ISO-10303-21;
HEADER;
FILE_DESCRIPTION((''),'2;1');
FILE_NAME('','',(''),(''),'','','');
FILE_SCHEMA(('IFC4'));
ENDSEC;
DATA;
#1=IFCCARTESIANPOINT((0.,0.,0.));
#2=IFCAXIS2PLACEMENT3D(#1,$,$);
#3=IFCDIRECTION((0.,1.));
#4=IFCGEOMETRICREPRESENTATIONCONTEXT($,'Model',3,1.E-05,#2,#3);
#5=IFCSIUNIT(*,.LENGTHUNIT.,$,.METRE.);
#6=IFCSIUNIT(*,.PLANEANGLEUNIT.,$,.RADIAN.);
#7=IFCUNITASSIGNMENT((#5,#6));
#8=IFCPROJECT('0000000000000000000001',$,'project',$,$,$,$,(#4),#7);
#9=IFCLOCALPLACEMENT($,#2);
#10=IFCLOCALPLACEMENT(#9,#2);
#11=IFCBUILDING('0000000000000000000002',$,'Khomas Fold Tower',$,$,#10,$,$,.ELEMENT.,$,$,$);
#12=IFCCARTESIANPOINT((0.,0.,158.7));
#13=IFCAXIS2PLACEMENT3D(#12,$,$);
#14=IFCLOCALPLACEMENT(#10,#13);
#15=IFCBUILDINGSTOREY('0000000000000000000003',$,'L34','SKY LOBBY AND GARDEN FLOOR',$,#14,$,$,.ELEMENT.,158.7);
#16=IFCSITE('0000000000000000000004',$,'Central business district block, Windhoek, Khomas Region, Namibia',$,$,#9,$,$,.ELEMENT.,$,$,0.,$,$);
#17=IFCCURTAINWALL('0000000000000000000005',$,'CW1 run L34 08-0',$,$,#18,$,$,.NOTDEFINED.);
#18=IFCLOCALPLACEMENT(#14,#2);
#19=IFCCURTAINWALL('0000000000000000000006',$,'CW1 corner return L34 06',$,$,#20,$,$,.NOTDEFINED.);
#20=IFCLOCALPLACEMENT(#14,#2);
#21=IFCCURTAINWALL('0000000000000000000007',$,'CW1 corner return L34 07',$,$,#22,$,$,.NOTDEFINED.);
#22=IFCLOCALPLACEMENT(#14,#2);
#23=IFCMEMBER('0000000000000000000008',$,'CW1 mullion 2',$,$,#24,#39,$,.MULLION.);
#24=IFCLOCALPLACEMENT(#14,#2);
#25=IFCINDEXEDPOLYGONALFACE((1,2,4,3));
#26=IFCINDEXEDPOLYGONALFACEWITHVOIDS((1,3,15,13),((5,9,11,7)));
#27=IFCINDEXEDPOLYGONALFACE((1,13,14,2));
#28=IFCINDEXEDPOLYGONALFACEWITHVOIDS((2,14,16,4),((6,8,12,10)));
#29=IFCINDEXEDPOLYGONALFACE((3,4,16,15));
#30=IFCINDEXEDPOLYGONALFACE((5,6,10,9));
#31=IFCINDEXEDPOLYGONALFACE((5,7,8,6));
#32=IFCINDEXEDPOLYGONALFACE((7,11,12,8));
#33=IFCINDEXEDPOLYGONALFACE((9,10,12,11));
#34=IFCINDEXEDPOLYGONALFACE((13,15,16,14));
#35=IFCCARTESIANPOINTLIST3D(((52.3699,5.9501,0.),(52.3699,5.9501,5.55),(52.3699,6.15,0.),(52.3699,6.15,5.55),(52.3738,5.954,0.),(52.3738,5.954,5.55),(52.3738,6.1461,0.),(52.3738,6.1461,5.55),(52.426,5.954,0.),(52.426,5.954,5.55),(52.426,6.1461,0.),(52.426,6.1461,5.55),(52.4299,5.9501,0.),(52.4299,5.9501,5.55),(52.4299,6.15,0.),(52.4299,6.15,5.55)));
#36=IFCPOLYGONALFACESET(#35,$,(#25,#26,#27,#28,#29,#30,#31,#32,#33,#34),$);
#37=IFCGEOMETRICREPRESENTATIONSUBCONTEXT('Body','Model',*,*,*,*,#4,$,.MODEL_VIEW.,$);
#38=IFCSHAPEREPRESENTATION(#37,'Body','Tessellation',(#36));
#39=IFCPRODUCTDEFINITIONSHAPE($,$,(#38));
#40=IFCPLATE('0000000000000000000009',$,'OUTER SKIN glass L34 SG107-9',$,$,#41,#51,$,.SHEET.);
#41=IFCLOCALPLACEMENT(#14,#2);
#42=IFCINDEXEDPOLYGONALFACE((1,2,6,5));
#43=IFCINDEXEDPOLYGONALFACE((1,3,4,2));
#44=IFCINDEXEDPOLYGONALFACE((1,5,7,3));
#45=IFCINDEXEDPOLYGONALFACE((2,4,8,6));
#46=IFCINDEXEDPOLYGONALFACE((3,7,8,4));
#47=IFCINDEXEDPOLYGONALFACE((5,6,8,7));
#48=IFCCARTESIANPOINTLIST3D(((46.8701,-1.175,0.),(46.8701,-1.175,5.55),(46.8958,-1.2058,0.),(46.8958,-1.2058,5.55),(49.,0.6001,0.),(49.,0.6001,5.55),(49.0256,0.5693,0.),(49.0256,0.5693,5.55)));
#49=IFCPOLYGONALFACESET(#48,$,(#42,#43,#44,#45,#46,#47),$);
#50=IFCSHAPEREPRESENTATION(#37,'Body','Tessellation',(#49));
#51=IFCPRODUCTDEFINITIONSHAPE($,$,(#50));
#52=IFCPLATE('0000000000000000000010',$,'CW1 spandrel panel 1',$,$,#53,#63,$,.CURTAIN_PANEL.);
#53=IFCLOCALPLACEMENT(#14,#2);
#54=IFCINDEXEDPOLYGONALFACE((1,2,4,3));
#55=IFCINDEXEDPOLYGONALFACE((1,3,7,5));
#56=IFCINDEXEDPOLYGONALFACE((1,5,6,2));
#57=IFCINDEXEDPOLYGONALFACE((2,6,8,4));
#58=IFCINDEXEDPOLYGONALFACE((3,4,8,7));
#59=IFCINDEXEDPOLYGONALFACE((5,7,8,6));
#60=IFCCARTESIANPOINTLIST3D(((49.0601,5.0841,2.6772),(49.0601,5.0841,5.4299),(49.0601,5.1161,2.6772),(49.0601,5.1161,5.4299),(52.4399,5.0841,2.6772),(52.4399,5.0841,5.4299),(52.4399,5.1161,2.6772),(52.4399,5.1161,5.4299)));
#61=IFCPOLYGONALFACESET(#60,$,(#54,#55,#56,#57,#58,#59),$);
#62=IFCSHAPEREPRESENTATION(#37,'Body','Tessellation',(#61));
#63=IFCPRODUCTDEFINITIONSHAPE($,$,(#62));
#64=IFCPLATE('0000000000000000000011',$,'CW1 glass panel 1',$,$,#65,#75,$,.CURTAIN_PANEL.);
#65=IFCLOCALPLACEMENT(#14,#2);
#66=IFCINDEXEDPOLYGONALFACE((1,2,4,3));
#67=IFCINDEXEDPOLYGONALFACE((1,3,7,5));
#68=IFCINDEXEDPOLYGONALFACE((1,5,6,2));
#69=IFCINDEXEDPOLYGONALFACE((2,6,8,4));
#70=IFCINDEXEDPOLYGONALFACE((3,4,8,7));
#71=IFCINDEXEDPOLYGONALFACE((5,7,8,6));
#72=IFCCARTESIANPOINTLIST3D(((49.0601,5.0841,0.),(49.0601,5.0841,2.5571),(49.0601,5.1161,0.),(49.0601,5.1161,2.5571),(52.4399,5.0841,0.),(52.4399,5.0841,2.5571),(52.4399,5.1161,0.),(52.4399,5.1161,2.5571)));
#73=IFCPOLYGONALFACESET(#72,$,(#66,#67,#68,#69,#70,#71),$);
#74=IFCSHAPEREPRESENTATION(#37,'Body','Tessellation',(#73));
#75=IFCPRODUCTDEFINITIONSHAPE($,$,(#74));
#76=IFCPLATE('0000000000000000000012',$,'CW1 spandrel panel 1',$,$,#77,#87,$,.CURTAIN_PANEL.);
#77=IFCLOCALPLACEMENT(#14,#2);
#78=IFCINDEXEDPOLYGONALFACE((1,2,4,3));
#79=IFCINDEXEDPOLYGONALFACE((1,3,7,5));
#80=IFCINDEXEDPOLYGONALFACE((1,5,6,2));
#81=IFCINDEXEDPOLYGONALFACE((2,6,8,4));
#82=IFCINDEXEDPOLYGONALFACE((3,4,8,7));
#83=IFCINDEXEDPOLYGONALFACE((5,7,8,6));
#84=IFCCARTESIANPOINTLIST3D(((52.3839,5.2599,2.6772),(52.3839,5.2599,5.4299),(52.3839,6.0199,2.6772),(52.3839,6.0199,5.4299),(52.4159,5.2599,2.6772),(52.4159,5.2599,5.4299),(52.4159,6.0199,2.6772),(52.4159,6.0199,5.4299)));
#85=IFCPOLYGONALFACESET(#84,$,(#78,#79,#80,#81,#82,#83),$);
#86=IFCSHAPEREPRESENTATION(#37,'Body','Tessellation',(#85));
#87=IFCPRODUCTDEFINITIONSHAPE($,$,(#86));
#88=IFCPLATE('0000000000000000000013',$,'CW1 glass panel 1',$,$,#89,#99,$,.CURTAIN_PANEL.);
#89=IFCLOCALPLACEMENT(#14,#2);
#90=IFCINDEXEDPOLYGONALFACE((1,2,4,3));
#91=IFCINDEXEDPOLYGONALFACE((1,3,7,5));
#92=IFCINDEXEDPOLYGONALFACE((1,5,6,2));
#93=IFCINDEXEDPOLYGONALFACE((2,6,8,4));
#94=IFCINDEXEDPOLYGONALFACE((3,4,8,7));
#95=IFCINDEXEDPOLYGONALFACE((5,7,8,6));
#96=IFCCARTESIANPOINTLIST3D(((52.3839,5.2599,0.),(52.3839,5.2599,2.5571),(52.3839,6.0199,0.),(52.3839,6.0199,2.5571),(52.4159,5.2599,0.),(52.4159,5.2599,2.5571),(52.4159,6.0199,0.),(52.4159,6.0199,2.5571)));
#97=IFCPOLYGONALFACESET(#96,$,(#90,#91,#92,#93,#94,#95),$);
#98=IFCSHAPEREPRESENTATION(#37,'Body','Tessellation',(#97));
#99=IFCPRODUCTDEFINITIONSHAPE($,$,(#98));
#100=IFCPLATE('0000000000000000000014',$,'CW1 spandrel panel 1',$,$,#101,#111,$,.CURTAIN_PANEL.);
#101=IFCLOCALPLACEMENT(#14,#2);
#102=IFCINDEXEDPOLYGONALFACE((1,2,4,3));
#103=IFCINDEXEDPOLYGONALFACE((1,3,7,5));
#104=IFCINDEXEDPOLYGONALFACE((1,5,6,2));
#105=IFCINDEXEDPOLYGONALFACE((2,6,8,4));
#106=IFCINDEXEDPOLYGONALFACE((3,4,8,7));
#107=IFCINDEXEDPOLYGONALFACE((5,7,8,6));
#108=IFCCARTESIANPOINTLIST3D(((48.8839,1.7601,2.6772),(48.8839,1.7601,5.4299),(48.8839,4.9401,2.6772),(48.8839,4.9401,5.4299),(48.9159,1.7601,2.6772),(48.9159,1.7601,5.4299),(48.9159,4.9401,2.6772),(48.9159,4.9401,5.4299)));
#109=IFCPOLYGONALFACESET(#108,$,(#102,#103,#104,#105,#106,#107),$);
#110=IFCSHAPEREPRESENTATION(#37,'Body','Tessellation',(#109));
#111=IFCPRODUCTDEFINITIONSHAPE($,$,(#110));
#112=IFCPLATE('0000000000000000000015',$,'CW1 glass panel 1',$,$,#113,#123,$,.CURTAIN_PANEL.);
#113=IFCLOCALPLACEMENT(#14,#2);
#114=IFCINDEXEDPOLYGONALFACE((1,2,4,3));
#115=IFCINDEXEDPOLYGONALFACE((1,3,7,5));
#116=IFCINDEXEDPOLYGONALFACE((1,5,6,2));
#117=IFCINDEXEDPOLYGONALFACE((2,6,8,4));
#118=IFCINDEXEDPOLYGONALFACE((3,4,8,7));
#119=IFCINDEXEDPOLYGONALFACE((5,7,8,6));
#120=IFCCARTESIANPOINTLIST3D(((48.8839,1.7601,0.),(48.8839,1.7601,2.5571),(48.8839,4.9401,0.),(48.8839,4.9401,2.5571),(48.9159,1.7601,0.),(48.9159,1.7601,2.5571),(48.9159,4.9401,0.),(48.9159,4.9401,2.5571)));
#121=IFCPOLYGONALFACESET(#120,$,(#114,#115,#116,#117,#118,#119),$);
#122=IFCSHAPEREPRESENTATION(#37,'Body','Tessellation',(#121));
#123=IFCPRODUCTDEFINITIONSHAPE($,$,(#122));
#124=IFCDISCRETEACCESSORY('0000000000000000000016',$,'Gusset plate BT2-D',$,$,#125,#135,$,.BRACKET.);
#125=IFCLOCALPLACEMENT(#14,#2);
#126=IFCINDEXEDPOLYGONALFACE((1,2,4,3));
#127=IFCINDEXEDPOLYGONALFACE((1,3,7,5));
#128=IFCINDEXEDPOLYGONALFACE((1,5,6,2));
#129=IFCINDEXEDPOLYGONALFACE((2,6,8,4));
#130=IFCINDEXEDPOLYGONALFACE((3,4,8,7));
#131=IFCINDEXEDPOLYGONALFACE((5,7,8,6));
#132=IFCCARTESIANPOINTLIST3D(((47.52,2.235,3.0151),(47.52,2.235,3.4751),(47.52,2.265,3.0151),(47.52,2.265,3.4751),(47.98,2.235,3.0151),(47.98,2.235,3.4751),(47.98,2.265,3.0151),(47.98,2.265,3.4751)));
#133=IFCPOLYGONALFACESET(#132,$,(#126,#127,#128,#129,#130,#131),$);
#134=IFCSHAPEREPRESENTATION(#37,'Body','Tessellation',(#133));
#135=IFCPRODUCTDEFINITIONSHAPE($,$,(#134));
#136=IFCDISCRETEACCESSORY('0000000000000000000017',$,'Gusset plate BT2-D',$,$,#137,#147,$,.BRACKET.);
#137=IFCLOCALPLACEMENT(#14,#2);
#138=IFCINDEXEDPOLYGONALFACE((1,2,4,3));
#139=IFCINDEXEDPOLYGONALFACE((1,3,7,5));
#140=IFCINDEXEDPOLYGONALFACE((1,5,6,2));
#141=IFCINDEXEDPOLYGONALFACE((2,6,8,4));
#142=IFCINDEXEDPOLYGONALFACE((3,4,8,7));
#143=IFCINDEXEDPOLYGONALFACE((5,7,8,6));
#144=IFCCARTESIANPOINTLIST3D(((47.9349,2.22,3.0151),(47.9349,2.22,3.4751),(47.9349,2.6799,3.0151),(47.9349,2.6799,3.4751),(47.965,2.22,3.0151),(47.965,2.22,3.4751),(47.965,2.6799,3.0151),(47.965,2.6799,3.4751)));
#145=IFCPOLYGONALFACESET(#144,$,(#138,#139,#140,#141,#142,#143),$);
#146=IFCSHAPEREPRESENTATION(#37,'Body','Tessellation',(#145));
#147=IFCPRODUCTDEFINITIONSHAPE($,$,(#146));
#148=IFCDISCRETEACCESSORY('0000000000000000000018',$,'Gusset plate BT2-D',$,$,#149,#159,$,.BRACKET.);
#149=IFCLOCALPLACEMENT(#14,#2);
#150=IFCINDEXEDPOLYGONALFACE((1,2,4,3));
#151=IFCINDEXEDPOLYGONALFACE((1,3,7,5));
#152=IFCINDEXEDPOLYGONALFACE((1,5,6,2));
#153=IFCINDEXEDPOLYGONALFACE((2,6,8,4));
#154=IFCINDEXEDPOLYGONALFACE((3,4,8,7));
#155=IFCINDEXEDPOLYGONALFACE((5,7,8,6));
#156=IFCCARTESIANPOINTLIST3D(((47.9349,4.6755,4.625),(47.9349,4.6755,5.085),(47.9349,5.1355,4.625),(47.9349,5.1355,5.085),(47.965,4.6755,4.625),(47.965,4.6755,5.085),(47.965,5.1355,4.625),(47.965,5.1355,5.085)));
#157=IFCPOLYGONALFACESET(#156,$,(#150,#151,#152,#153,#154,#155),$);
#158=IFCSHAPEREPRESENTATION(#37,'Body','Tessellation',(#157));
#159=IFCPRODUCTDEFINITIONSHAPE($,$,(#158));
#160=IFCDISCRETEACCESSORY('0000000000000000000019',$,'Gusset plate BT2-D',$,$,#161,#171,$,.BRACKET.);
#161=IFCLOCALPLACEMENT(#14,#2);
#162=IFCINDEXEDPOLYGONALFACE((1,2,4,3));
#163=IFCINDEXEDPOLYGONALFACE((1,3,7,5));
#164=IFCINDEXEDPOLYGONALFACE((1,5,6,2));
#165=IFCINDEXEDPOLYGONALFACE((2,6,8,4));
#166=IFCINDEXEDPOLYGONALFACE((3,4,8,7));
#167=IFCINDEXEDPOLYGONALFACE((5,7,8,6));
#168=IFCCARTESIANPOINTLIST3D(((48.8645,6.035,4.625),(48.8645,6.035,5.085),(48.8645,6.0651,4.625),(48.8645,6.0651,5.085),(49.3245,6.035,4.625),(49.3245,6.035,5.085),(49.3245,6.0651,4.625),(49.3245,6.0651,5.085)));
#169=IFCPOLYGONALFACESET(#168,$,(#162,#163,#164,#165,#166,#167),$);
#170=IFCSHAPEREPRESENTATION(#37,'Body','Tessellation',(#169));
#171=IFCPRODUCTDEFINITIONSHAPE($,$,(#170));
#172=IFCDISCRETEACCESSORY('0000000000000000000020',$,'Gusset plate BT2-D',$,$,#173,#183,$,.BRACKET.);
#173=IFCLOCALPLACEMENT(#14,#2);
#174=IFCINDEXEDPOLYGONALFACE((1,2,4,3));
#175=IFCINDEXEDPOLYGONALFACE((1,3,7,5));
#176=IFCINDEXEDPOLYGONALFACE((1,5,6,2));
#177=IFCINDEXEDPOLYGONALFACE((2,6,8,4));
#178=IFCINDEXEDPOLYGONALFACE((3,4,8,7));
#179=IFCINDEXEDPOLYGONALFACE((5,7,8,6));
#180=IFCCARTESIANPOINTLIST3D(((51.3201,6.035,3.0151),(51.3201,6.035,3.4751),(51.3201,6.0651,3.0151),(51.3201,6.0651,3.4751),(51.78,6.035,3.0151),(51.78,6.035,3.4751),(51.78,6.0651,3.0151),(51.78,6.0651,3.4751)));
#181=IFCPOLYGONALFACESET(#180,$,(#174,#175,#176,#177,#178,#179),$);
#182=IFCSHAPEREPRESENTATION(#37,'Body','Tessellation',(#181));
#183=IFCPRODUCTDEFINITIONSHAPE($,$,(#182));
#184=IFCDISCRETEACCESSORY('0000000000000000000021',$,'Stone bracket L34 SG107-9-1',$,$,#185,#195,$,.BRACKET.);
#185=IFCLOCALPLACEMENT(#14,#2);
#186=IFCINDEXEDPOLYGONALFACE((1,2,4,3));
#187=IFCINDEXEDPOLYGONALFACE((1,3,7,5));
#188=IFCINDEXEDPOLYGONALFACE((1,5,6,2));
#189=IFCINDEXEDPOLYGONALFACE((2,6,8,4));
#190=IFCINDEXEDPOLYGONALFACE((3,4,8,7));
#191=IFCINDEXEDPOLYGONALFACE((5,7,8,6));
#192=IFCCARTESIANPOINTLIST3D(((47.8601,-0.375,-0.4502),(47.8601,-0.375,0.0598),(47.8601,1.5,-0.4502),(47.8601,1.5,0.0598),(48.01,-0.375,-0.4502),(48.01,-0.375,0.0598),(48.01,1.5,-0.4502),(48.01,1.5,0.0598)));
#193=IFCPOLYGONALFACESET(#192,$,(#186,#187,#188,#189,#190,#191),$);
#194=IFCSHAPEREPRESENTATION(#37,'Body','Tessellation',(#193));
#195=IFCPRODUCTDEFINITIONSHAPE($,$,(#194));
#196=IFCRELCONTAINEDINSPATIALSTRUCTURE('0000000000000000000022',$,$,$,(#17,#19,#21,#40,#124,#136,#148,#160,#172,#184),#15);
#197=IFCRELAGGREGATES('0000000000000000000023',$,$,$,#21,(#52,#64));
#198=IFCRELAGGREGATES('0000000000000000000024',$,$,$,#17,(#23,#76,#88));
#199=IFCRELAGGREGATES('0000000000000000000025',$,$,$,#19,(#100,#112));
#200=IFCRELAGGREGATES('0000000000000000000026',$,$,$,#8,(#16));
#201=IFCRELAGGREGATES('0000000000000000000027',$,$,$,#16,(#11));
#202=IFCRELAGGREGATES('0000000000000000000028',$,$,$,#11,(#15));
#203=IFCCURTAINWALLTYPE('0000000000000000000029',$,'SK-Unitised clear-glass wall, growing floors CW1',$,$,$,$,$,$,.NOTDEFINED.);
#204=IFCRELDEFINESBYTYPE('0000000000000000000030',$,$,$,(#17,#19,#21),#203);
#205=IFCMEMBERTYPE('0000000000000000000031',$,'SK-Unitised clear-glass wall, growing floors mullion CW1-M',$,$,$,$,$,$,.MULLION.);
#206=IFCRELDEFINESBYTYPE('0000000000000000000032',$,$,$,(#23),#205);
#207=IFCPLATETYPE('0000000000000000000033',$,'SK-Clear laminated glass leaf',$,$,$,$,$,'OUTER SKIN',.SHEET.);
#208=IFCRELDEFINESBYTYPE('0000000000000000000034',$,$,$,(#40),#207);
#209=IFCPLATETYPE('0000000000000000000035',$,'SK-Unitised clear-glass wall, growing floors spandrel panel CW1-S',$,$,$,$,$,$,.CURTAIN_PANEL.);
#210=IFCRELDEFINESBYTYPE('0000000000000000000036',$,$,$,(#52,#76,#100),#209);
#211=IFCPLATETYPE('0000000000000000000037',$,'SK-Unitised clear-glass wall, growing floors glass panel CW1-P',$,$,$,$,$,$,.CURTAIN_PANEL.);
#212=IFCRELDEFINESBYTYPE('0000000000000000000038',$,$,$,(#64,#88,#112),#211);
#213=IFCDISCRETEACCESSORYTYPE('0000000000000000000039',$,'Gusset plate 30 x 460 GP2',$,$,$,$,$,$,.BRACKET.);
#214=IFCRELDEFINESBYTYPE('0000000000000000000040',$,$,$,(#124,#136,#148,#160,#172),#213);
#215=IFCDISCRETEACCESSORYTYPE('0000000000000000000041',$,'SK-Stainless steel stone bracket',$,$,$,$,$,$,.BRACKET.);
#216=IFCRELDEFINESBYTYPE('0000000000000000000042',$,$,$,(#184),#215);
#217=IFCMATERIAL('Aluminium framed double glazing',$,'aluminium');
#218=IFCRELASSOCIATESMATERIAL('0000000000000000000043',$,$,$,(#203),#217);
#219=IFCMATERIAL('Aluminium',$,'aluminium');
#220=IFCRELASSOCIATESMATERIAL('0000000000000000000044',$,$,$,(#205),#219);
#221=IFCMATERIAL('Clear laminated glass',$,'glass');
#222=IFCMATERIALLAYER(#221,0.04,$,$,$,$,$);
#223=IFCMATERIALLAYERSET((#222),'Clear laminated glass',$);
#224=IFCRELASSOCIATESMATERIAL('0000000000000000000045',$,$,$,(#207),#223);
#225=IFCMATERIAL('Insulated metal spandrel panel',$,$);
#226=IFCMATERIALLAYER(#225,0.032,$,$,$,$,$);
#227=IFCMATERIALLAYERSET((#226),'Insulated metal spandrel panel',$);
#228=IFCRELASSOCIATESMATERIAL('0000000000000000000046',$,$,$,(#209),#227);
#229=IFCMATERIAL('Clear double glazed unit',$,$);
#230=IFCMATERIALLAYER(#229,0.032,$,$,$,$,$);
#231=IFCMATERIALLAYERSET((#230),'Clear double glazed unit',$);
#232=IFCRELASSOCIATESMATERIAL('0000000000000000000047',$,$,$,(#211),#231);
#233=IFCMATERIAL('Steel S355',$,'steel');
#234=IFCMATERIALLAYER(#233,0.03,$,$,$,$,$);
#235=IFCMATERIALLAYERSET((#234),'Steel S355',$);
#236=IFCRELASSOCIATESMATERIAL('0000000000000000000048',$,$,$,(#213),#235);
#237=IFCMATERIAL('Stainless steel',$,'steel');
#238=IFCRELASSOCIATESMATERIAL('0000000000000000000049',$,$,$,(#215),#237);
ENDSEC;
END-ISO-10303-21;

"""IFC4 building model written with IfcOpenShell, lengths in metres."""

from ifc_helpers import new_model, si_unit, direction, frame, origin, origin_2d, place, context, subcontext, project, spatial, polyline, rectangle, hollow_rectangle, outline, extrude, source, transform, mapped, material, layer, layer_set, material_profile, profile_set, type_object, element, aggregate, save


model = new_model("IFC4")

# Units and contexts
model_context = context("Model", 3, precision=1e-05, world=origin(), true_north=direction((0.0, 1.0)))
body_context = subcontext(model_context, "Body", "Model", "MODEL_VIEW")
ifc_project = project(units=[si_unit("LENGTHUNIT", "METRE"), si_unit("PLANEANGLEUNIT", "RADIAN")], contexts=[model_context])

# Site, building, storey
site_placement = place(None, origin())
site = spatial("IfcSite", under=ifc_project, at=site_placement, Name="Central business district block, Windhoek, Khomas Region, Namibia", CompositionType="ELEMENT", RefElevation=0.0)
building_placement = place(site_placement, origin())
building = spatial("IfcBuilding", under=site, at=building_placement, Name="Khomas Fold Tower", CompositionType="ELEMENT")
storey_placement = place(building_placement, frame((0.0, 0.0, 158.7)))
storey = spatial("IfcBuildingStorey", under=building, at=storey_placement, Name="L34", Description="SKY LOBBY AND GARDEN FLOOR", CompositionType="ELEMENT", Elevation=158.7)

# Curtain walls
ifc_material_1 = material(Name="Aluminium framed double glazing", Category="aluminium")
curtain_wall_type = type_object("IfcCurtainWallType", Name="SK-Unitised clear-glass wall, growing floors CW1", PredefinedType="NOTDEFINED", material=ifc_material_1)
curtain_wall_1_placement = place(storey_placement, origin())
curtain_wall_1 = element("IfcCurtainWall", 1, at=curtain_wall_1_placement, inside=storey, type_object=curtain_wall_type, Name="CW1 run L34 08-0", PredefinedType="NOTDEFINED")
curtain_wall_2_placement = place(storey_placement, origin())
curtain_wall_2 = element("IfcCurtainWall", 2, at=curtain_wall_2_placement, inside=storey, type_object=curtain_wall_type, Name="CW1 corner return L34 06", PredefinedType="NOTDEFINED")
curtain_wall_3_placement = place(storey_placement, origin())
curtain_wall_3 = element("IfcCurtainWall", 3, at=curtain_wall_3_placement, inside=storey, type_object=curtain_wall_type, Name="CW1 corner return L34 07", PredefinedType="NOTDEFINED")

# Shared definitions
ifc_material_2 = material(Name="Aluminium", Category="aluminium")
ifc_material_profile_1 = material_profile(ifc_material_2, hollow_rectangle(XDim=0.0601, YDim=0.2, WallThickness=0.0039, at=origin_2d()), Name="SK-Unitised clear-glass wall, growing floors mullion CW1-M")
ifc_profile_set_1 = profile_set([ifc_material_profile_1], Name="Aluminium")
member_type_1 = type_object("IfcMemberType", Name="SK-Unitised clear-glass wall, growing floors mullion CW1-M", PredefinedType="MULLION", material=ifc_profile_set_1)
shared_shape_1 = source(origin(), body_context, "Body", "SweptSolid", [
    extrude(hollow_rectangle(XDim=0.0601, YDim=0.2, WallThickness=0.0039, at=origin_2d()), origin(), (0.0, 0.0, 1.0), 5.55),
])

# Member
member_1_placement = place(storey_placement, frame((52.3999, 6.05, 0.0), z_axis=(0.0, 0.0, 1.0), x_axis=(-1.0, 0.0, 0.0)))
member_1 = element("IfcMember", 4, at=member_1_placement, type_object=member_type_1, Name="CW1 mullion 2", PredefinedType="MULLION", context=body_context, shape_type="MappedRepresentation", body=[
    mapped(shared_shape_1, transform((0.0, 0.0, 0.0))),
])

# Plates
ifc_material_3 = material(Name="Clear laminated glass", Category="glass")
ifc_layer_1 = layer(ifc_material_3, 0.04)
ifc_layer_set_1 = layer_set([ifc_layer_1], Name="Clear laminated glass")
plate_type_1 = type_object("IfcPlateType", Name="SK-Clear laminated glass leaf", ElementType="OUTER SKIN", PredefinedType="SHEET", material=ifc_layer_set_1)
plate_1_placement = place(storey_placement, frame((49.0, 0.6001, 5.55), z_axis=(-0.640236, 0.768178, 0.0), x_axis=(0.0, 0.0, -1.0)))
element("IfcPlate", 5, at=plate_1_placement, inside=storey, type_object=plate_type_1, Name="OUTER SKIN glass L34 SG107-9", PredefinedType="SHEET", context=body_context, shape_type="SweptSolid", body=[
    extrude(outline(polyline([(0.0, 0.0), (5.55, 0.0), (5.55, 2.7726), (0.0, 2.7726), (0.0, 0.0)])), origin(), (0.0, 0.0, -1.0), 0.04),
])
ifc_material_4 = material(Name="Insulated metal spandrel panel")
ifc_layer_2 = layer(ifc_material_4, 0.032)
ifc_layer_set_2 = layer_set([ifc_layer_2], Name="Insulated metal spandrel panel")
plate_type_2 = type_object("IfcPlateType", Name="SK-Unitised clear-glass wall, growing floors spandrel panel CW1-S", PredefinedType="CURTAIN_PANEL", material=ifc_layer_set_2)
shared_shape_2 = source(origin(), body_context, "Body", "SweptSolid", [
    extrude(rectangle(XDim=3.3799, YDim=0.032, at=origin_2d()), origin(), (0.0, 0.0, 1.0), 2.7527),
])
plate_2_placement = place(storey_placement, frame((50.75, 5.1001, 2.6772), z_axis=(0.0, 0.0, 1.0), x_axis=(1.0, 0.0, 0.0)))
plate_2 = element("IfcPlate", 6, at=plate_2_placement, type_object=plate_type_2, Name="CW1 spandrel panel 1", PredefinedType="CURTAIN_PANEL", context=body_context, shape_type="MappedRepresentation", body=[
    mapped(shared_shape_2, transform((0.0, 0.0, 0.0))),
])
ifc_material_5 = material(Name="Clear double glazed unit")
ifc_layer_3 = layer(ifc_material_5, 0.032)
ifc_layer_set_3 = layer_set([ifc_layer_3], Name="Clear double glazed unit")
plate_type_3 = type_object("IfcPlateType", Name="SK-Unitised clear-glass wall, growing floors glass panel CW1-P", PredefinedType="CURTAIN_PANEL", material=ifc_layer_set_3)
shared_shape_3 = source(origin(), body_context, "Body", "SweptSolid", [
    extrude(rectangle(XDim=3.3799, YDim=0.032, at=origin_2d()), origin(), (0.0, 0.0, 1.0), 2.5571),
])
plate_3_placement = place(storey_placement, frame((50.75, 5.1001, 0.0), z_axis=(0.0, 0.0, 1.0), x_axis=(1.0, 0.0, 0.0)))
plate_3 = element("IfcPlate", 7, at=plate_3_placement, type_object=plate_type_3, Name="CW1 glass panel 1", PredefinedType="CURTAIN_PANEL", context=body_context, shape_type="MappedRepresentation", body=[
    mapped(shared_shape_3, transform((0.0, 0.0, 0.0))),
])
aggregate(curtain_wall_3, [plate_2, plate_3])
shared_shape_4 = source(origin(), body_context, "Body", "SweptSolid", [
    extrude(rectangle(XDim=0.76, YDim=0.032, at=origin_2d()), origin(), (0.0, 0.0, 1.0), 2.7527),
])
plate_4_placement = place(storey_placement, frame((52.3999, 5.6399, 2.6772), z_axis=(0.0, 0.0, 1.0), x_axis=(0.0, 1.0, 0.0)))
plate_4 = element("IfcPlate", 8, at=plate_4_placement, type_object=plate_type_2, Name="CW1 spandrel panel 1", PredefinedType="CURTAIN_PANEL", context=body_context, shape_type="MappedRepresentation", body=[
    mapped(shared_shape_4, transform((0.0, 0.0, 0.0))),
])
shared_shape_5 = source(origin(), body_context, "Body", "SweptSolid", [
    extrude(rectangle(XDim=0.76, YDim=0.032, at=origin_2d()), origin(), (0.0, 0.0, 1.0), 2.5571),
])
plate_5_placement = place(storey_placement, frame((52.3999, 5.6399, 0.0), z_axis=(0.0, 0.0, 1.0), x_axis=(0.0, 1.0, 0.0)))
plate_5 = element("IfcPlate", 9, at=plate_5_placement, type_object=plate_type_3, Name="CW1 glass panel 1", PredefinedType="CURTAIN_PANEL", context=body_context, shape_type="MappedRepresentation", body=[
    mapped(shared_shape_5, transform((0.0, 0.0, 0.0))),
])
aggregate(curtain_wall_1, [member_1, plate_4, plate_5])
shared_shape_6 = source(origin(), body_context, "Body", "SweptSolid", [
    extrude(rectangle(XDim=3.1799, YDim=0.032, at=origin_2d()), origin(), (0.0, 0.0, 1.0), 2.7527),
])
plate_6_placement = place(storey_placement, frame((48.8999, 3.3501, 2.6772), z_axis=(0.0, 0.0, 1.0), x_axis=(0.0, 1.0, 0.0)))
plate_6 = element("IfcPlate", 10, at=plate_6_placement, type_object=plate_type_2, Name="CW1 spandrel panel 1", PredefinedType="CURTAIN_PANEL", context=body_context, shape_type="MappedRepresentation", body=[
    mapped(shared_shape_6, transform((0.0, 0.0, 0.0))),
])
shared_shape_7 = source(origin(), body_context, "Body", "SweptSolid", [
    extrude(rectangle(XDim=3.1799, YDim=0.032, at=origin_2d()), origin(), (0.0, 0.0, 1.0), 2.5571),
])
plate_7_placement = place(storey_placement, frame((48.8999, 3.3501, 0.0), z_axis=(0.0, 0.0, 1.0), x_axis=(0.0, 1.0, 0.0)))
plate_7 = element("IfcPlate", 11, at=plate_7_placement, type_object=plate_type_3, Name="CW1 glass panel 1", PredefinedType="CURTAIN_PANEL", context=body_context, shape_type="MappedRepresentation", body=[
    mapped(shared_shape_7, transform((0.0, 0.0, 0.0))),
])
aggregate(curtain_wall_2, [plate_6, plate_7])

# Discrete accessories
ifc_material_6 = material(Name="Steel S355", Category="steel")
ifc_layer_4 = layer(ifc_material_6, 0.03)
ifc_layer_set_4 = layer_set([ifc_layer_4], Name="Steel S355")
discrete_accessory_type_1 = type_object("IfcDiscreteAccessoryType", Name="Gusset plate 30 x 460 GP2", PredefinedType="BRACKET", material=ifc_layer_set_4)
shared_shape_8 = source(origin(), body_context, "Body", "SweptSolid", [
    extrude(rectangle(XDim=0.46, YDim=0.03, at=origin_2d()), origin(), (0.0, 0.0, 1.0), 0.46),
])
for number, where, z_axis, x_axis, name in (
    (12, (47.75, 2.25, 3.0151), (0.0, 0.0, 1.0), (1.0, 0.0, 0.0), "Gusset plate BT2-D"),
    (13, (47.95, 2.45, 3.0151), (0.0, 0.0, 1.0), (0.0, 1.0, 0.0), "Gusset plate BT2-D"),
    (14, (47.95, 4.9055, 4.625), (0.0, 0.0, 1.0), (0.0, 1.0, 0.0), "Gusset plate BT2-D"),
    (15, (49.0945, 6.05, 4.625), (0.0, 0.0, 1.0), (1.0, 0.0, 0.0), "Gusset plate BT2-D"),
    (16, (51.55, 6.05, 3.0151), (0.0, 0.0, 1.0), (1.0, 0.0, 0.0), "Gusset plate BT2-D"),
):
    element("IfcDiscreteAccessory", number, at=place(storey_placement, frame(where, z_axis=z_axis, x_axis=x_axis)), inside=storey, type_object=discrete_accessory_type_1, Name=name, PredefinedType="BRACKET", context=body_context, shape_type="MappedRepresentation", body=[
        mapped(shared_shape_8, transform((0.0, 0.0, 0.0))),
    ])
ifc_material_7 = material(Name="Stainless steel", Category="steel")
discrete_accessory_type_2 = type_object("IfcDiscreteAccessoryType", Name="SK-Stainless steel stone bracket", PredefinedType="BRACKET", material=ifc_material_7)
shared_shape_9 = source(origin(), body_context, "Body", "SweptSolid", [
    extrude(rectangle(XDim=1.875, YDim=0.1499, at=origin_2d()), origin(), (0.0, 0.0, 1.0), 0.51),
])
discrete_accessory_placement = place(storey_placement, frame((47.9351, 0.5625, -0.4502), z_axis=(0.0, 0.0, 1.0), x_axis=(0.0, -1.0, 0.0)))
element("IfcDiscreteAccessory", 17, at=discrete_accessory_placement, inside=storey, type_object=discrete_accessory_type_2, Name="Stone bracket L34 SG107-9-1", PredefinedType="BRACKET", context=body_context, shape_type="MappedRepresentation", body=[
    mapped(shared_shape_9, transform((0.0, 0.0, 0.0))),
])

save(model, "model.ifc")
